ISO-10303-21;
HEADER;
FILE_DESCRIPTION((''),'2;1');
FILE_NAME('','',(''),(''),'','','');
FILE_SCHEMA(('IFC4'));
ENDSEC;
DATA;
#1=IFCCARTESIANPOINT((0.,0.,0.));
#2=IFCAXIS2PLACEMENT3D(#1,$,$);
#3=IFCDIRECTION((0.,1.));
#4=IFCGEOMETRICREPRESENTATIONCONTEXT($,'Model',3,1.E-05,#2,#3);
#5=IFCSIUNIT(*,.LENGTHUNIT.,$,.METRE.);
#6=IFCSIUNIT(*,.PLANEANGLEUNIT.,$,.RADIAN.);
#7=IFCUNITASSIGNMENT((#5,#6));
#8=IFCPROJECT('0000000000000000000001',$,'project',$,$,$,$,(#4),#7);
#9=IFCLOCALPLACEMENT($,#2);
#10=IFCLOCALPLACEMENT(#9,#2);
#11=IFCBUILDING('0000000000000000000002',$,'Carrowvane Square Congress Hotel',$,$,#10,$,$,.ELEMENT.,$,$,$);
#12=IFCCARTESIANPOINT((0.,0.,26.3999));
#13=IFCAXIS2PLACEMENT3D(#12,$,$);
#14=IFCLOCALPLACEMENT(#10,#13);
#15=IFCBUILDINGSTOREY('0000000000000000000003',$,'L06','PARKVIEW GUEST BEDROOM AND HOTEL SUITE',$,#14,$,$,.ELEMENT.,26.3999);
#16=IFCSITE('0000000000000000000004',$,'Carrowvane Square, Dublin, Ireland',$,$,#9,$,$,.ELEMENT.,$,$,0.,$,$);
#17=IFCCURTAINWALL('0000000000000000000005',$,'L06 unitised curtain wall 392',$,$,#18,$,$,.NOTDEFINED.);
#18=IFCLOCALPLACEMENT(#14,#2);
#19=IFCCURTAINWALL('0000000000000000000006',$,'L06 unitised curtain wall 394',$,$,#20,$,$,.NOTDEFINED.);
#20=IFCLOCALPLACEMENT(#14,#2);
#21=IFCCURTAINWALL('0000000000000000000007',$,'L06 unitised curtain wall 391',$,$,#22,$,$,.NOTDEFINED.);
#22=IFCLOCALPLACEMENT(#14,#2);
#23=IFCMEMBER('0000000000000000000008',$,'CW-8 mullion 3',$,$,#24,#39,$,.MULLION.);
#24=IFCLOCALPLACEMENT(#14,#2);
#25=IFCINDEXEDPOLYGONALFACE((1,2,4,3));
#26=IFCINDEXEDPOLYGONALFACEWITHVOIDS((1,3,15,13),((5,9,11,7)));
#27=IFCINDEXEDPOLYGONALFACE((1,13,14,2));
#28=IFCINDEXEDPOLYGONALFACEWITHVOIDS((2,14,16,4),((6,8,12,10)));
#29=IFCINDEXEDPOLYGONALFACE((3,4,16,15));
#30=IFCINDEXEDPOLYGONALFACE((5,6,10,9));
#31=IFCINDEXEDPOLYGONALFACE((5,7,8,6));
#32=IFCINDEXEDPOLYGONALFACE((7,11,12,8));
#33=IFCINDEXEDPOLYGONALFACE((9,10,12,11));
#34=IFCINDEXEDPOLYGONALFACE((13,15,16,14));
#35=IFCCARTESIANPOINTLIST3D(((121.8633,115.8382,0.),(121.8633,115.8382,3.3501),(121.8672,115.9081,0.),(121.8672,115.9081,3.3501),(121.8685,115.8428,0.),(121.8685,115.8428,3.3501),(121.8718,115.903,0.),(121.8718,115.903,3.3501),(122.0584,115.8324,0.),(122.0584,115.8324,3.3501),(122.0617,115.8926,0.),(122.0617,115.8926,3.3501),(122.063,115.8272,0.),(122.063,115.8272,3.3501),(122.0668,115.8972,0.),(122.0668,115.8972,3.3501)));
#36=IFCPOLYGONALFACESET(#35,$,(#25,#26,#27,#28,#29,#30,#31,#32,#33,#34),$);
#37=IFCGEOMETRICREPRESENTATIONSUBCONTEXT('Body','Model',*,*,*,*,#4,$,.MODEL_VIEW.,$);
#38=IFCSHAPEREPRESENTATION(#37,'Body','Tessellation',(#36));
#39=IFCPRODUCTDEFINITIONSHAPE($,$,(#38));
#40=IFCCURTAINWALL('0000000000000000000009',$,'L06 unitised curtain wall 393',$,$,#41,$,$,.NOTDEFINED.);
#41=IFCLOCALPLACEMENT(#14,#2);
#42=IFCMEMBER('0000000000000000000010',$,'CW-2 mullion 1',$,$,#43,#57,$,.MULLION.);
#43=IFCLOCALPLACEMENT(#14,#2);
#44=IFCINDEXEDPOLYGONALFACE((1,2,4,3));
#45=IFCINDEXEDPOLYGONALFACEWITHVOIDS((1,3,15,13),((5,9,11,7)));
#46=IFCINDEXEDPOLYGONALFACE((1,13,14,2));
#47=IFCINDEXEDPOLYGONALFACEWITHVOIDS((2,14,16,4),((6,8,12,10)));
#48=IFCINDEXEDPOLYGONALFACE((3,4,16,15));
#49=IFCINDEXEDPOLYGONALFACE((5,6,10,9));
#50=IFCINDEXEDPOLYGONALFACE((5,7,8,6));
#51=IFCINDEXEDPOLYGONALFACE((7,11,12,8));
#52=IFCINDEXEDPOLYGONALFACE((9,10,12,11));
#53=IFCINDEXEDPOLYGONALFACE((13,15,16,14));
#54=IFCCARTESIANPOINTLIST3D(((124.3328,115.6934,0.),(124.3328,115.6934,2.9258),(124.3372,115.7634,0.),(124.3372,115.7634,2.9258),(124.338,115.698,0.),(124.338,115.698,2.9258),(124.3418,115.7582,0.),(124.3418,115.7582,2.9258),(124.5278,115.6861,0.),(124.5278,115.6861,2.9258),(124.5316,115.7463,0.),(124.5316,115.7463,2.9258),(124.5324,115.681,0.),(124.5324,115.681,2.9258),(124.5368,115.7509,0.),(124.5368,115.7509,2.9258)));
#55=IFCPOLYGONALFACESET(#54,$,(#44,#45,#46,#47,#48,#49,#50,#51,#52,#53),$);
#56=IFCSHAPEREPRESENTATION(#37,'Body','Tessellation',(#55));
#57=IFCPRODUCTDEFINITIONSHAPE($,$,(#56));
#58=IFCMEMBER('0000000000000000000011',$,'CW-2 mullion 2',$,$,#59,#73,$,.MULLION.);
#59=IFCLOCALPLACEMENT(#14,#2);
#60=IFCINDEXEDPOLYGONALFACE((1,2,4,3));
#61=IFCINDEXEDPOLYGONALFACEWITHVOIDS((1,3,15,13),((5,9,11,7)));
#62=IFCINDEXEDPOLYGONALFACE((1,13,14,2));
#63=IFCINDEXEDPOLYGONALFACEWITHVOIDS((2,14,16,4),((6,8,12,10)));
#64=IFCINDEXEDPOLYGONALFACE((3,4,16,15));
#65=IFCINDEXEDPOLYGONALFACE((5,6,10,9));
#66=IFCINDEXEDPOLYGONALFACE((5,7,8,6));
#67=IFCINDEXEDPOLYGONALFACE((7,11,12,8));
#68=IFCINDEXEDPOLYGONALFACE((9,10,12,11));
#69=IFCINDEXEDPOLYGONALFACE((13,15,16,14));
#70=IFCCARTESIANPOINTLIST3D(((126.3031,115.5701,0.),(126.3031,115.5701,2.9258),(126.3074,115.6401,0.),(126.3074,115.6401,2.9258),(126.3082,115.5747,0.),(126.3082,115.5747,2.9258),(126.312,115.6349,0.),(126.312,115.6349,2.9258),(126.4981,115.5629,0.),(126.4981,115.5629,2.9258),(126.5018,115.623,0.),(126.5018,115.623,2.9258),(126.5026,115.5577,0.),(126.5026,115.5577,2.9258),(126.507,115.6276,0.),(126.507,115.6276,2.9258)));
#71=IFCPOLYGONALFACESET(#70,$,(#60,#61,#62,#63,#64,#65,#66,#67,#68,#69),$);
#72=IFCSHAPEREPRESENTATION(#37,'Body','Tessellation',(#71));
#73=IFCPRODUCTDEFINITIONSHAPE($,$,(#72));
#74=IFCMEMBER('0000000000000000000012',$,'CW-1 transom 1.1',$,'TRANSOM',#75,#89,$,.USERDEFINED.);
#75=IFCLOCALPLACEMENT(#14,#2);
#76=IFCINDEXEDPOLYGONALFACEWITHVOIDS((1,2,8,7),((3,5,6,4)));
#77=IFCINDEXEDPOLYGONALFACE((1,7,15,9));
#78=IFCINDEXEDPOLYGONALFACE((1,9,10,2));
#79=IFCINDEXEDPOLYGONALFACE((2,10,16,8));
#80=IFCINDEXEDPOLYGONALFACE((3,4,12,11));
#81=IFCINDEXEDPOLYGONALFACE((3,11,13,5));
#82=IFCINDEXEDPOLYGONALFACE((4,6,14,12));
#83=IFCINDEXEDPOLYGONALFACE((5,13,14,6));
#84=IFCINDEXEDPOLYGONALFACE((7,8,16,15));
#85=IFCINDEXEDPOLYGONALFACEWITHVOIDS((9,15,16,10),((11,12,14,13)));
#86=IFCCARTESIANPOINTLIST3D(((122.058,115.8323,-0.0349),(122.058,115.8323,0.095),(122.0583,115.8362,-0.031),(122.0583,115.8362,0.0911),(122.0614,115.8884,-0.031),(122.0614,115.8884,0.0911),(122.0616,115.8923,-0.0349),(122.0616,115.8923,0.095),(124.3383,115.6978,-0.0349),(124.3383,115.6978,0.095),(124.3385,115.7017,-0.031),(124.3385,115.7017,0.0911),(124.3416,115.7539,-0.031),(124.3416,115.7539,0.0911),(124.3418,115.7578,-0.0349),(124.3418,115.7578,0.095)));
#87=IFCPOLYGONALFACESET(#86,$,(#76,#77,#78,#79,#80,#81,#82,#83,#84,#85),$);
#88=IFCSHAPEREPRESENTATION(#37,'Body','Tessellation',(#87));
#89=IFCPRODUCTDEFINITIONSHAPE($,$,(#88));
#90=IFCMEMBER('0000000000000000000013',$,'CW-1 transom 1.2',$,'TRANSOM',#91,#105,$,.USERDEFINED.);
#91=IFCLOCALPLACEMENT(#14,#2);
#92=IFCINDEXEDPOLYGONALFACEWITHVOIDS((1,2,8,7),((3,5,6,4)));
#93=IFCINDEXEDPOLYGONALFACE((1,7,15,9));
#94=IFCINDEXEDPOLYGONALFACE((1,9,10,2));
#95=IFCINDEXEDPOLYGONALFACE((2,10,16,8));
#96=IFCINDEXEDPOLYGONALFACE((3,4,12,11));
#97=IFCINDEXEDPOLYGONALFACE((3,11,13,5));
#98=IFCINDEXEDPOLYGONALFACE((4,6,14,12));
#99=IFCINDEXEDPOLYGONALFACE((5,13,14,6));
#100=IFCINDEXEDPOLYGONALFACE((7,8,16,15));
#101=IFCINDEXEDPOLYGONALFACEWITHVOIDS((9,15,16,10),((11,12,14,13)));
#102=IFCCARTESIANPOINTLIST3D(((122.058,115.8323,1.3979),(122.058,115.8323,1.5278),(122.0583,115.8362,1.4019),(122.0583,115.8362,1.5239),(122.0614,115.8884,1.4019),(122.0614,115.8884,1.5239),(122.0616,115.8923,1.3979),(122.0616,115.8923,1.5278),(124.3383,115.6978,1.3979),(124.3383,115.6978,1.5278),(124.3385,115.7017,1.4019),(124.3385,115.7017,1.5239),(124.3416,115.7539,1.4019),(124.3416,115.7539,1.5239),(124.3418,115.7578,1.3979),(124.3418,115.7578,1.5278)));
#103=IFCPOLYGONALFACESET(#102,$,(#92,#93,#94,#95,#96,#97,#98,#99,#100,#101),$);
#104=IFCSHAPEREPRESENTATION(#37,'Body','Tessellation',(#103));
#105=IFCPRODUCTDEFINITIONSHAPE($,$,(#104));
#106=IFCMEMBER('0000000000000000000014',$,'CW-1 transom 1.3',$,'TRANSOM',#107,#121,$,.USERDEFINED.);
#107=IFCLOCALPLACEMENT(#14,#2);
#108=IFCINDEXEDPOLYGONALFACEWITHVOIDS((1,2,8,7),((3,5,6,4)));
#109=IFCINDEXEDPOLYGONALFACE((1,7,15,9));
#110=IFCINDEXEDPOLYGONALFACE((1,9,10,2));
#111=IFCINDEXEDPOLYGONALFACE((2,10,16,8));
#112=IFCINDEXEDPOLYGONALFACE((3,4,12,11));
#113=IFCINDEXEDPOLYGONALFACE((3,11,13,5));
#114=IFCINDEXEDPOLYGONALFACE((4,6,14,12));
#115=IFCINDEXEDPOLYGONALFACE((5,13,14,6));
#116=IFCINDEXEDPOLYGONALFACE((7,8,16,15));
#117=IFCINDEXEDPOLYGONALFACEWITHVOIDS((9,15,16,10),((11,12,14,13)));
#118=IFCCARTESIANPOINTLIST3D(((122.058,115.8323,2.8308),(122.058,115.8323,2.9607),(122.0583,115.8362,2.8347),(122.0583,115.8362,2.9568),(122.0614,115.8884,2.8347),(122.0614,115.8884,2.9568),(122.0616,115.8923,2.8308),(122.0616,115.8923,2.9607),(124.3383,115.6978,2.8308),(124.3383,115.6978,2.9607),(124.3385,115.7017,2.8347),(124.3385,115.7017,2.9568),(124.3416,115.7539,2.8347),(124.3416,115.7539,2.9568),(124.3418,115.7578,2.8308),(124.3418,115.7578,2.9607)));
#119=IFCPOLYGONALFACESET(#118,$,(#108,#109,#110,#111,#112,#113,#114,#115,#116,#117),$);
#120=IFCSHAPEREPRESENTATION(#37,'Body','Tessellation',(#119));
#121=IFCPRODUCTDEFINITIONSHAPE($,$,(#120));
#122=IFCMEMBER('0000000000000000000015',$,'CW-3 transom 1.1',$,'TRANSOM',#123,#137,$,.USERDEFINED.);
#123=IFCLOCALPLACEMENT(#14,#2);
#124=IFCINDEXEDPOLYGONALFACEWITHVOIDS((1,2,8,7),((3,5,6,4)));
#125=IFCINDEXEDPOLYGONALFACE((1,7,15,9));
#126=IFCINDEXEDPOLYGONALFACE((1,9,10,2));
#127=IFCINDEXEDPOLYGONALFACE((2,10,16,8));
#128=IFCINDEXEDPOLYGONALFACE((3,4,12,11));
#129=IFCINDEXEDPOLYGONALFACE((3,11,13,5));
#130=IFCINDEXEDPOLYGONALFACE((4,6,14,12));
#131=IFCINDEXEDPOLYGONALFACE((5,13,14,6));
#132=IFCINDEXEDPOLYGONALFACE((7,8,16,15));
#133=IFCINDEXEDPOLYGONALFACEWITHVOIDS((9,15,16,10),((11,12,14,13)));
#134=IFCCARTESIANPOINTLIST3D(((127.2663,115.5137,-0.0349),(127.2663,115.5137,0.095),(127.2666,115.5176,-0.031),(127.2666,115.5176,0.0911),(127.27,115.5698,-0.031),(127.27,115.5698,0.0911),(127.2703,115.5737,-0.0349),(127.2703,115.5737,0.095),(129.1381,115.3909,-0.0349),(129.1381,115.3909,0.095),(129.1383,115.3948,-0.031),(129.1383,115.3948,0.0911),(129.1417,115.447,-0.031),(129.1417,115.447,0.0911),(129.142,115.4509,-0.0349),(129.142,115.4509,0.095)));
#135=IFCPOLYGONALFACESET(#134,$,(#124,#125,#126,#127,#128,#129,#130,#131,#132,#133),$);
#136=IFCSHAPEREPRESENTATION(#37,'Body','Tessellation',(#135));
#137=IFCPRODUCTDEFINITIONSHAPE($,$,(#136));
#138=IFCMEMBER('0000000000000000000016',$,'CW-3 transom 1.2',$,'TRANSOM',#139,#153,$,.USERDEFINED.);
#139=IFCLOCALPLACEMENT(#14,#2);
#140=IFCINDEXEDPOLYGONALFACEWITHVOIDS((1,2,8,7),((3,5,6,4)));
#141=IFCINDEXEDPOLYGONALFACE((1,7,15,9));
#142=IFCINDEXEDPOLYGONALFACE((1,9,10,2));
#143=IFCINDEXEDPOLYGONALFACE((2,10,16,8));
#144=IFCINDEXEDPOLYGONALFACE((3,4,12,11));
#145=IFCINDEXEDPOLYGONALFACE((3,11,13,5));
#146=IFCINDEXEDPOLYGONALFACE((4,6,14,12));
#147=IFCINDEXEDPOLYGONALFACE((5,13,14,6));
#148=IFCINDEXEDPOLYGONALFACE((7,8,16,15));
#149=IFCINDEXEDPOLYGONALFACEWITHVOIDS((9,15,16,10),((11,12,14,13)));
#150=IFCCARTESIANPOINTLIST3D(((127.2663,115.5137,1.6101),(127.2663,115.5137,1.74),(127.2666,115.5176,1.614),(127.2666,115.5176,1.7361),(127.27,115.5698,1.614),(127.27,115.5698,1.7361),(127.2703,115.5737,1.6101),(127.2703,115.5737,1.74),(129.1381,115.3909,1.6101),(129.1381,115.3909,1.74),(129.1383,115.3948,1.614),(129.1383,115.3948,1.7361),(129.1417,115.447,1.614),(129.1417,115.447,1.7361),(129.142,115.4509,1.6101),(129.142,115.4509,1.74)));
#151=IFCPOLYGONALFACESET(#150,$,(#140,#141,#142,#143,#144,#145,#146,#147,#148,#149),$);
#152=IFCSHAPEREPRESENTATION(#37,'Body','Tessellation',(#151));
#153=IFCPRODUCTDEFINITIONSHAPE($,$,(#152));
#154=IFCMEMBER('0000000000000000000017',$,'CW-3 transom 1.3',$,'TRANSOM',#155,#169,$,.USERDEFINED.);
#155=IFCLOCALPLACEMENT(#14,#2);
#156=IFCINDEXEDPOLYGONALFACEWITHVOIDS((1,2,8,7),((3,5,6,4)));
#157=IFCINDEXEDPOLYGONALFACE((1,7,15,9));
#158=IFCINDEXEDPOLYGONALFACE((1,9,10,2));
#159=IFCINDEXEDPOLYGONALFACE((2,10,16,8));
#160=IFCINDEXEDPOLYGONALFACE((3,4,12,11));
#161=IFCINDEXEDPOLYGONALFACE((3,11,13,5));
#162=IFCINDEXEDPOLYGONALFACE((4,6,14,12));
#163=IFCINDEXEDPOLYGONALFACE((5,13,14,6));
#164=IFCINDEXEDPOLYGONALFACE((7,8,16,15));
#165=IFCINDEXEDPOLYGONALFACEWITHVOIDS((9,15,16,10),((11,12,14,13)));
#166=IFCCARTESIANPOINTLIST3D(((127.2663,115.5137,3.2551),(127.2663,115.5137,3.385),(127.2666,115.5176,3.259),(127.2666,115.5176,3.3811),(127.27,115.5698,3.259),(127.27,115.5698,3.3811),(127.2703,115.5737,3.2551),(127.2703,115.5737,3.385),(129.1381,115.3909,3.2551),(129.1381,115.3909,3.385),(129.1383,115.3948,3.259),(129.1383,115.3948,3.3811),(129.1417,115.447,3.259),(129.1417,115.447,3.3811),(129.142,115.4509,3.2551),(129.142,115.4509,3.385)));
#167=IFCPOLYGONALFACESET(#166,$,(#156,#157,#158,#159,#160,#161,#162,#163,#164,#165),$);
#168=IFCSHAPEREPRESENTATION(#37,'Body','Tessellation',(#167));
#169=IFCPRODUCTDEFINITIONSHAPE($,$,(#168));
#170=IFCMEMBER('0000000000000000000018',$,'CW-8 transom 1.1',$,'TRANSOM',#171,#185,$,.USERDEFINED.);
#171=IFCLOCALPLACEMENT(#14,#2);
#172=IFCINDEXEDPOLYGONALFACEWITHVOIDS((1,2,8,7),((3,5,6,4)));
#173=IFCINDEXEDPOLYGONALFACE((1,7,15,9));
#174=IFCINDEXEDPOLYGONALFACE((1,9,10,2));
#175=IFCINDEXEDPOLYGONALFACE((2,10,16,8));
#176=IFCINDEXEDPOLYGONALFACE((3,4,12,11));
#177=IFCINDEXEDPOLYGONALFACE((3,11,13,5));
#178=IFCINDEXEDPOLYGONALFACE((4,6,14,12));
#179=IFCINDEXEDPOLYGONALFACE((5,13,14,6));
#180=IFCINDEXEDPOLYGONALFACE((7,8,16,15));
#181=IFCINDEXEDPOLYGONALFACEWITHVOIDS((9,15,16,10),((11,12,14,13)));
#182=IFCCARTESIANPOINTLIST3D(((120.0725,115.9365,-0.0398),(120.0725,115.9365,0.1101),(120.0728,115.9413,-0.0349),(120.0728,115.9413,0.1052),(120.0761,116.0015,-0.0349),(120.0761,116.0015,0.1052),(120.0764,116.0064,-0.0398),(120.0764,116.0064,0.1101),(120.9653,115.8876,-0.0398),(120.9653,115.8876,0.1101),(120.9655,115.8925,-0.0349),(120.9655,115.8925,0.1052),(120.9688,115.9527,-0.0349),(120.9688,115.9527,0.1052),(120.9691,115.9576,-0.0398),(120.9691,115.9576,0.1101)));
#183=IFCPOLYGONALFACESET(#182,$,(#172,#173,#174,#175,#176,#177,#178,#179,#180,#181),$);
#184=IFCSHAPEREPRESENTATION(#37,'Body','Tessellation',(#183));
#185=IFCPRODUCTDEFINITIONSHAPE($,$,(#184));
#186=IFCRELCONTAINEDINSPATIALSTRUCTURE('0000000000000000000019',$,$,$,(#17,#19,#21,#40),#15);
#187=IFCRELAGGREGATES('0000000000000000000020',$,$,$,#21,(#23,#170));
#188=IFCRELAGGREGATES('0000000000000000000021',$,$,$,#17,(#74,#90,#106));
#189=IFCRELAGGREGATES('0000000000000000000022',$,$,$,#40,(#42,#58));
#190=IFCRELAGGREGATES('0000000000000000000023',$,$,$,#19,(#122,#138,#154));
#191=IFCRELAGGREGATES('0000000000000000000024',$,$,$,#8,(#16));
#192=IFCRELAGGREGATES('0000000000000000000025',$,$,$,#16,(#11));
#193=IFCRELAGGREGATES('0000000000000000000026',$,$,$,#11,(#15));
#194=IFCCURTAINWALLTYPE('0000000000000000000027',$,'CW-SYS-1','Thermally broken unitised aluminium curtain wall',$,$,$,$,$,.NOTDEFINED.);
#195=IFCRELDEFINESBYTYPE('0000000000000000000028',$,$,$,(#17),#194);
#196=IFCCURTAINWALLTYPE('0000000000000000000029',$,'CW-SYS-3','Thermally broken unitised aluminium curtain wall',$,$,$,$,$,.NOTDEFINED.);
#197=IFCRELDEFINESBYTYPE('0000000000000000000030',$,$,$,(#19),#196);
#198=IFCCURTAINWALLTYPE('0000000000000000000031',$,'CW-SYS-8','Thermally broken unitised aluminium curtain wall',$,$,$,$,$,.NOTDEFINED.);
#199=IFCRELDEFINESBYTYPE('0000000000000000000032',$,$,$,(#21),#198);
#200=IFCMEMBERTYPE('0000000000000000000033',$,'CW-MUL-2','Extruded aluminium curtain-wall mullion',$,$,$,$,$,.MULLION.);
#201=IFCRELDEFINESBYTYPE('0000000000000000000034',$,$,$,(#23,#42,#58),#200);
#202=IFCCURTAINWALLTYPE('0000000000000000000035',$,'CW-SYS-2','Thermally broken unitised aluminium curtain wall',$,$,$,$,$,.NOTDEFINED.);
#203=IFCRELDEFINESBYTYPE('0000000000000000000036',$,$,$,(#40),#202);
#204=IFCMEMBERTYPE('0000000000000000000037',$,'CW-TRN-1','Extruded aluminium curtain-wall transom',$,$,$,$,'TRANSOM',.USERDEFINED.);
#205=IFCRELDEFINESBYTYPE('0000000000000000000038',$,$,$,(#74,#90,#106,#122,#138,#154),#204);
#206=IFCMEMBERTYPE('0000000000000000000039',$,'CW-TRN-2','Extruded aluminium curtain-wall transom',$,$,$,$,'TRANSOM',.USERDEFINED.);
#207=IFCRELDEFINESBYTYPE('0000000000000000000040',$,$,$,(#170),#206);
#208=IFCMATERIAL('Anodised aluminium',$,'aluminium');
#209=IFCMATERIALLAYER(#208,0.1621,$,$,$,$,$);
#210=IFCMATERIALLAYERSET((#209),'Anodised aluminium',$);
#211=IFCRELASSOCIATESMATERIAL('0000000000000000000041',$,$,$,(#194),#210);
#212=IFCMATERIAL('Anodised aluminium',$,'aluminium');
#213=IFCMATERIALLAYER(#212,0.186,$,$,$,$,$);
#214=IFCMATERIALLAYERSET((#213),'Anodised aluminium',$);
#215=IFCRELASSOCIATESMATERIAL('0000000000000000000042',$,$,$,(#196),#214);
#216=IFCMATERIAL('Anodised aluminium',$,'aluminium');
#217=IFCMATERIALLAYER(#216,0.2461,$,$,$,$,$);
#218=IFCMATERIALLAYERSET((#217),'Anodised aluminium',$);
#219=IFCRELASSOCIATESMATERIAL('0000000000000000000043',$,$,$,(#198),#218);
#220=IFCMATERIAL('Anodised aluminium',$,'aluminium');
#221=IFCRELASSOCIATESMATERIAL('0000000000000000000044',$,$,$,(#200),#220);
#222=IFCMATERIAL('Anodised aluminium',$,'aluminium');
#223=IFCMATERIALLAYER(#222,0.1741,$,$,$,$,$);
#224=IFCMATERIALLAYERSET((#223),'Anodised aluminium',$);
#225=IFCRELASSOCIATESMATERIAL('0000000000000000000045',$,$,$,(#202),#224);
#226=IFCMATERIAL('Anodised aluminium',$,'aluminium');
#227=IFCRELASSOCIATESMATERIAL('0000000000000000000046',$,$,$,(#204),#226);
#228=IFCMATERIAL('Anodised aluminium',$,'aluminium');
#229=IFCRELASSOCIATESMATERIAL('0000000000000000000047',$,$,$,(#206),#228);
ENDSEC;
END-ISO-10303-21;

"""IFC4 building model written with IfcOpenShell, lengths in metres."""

from ifc_helpers import new_model, si_unit, direction, frame, origin, origin_2d, place, context, subcontext, project, spatial, hollow_rectangle, extrude, material, layer, layer_set, material_profile, profile_set, type_object, element, aggregate, save


model = new_model("IFC4")

# Units and contexts
model_context = context("Model", 3, precision=1e-05, world=origin(), true_north=direction((0.0, 1.0)))
body_context = subcontext(model_context, "Body", "Model", "MODEL_VIEW")
ifc_project = project(units=[si_unit("LENGTHUNIT", "METRE"), si_unit("PLANEANGLEUNIT", "RADIAN")], contexts=[model_context])

# Site, building, storey
site_placement = place(None, origin())
site = spatial("IfcSite", under=ifc_project, at=site_placement, Name="Carrowvane Square, Dublin, Ireland", CompositionType="ELEMENT", RefElevation=0.0)
building_placement = place(site_placement, origin())
building = spatial("IfcBuilding", under=site, at=building_placement, Name="Carrowvane Square Congress Hotel", CompositionType="ELEMENT")
storey_placement = place(building_placement, frame((0.0, 0.0, 26.3999)))
storey = spatial("IfcBuildingStorey", under=building, at=storey_placement, Name="L06", Description="PARKVIEW GUEST BEDROOM AND HOTEL SUITE", CompositionType="ELEMENT", Elevation=26.3999)

# Curtain wall
ifc_material_1 = material(Name="Anodised aluminium", Category="aluminium")
ifc_layer_1 = layer(ifc_material_1, 0.1621)
ifc_layer_set_1 = layer_set([ifc_layer_1], Name="Anodised aluminium")
curtain_wall_type_1 = type_object("IfcCurtainWallType", Name="CW-SYS-1", Description="Thermally broken unitised aluminium curtain wall", PredefinedType="NOTDEFINED", material=ifc_layer_set_1)
curtain_wall_1_placement = place(storey_placement, origin())
curtain_wall_1 = element("IfcCurtainWall", 1, at=curtain_wall_1_placement, inside=storey, type_object=curtain_wall_type_1, Name="L06 unitised curtain wall 392", PredefinedType="NOTDEFINED")

# Curtain wall
ifc_material_2 = material(Name="Anodised aluminium", Category="aluminium")
ifc_layer_2 = layer(ifc_material_2, 0.186)
ifc_layer_set_2 = layer_set([ifc_layer_2], Name="Anodised aluminium")
curtain_wall_type_2 = type_object("IfcCurtainWallType", Name="CW-SYS-3", Description="Thermally broken unitised aluminium curtain wall", PredefinedType="NOTDEFINED", material=ifc_layer_set_2)
curtain_wall_2_placement = place(storey_placement, origin())
curtain_wall_2 = element("IfcCurtainWall", 2, at=curtain_wall_2_placement, inside=storey, type_object=curtain_wall_type_2, Name="L06 unitised curtain wall 394", PredefinedType="NOTDEFINED")

# Curtain walls, members
ifc_material_3 = material(Name="Anodised aluminium", Category="aluminium")
ifc_layer_3 = layer(ifc_material_3, 0.2461)
ifc_layer_set_3 = layer_set([ifc_layer_3], Name="Anodised aluminium")
curtain_wall_type_3 = type_object("IfcCurtainWallType", Name="CW-SYS-8", Description="Thermally broken unitised aluminium curtain wall", PredefinedType="NOTDEFINED", material=ifc_layer_set_3)
curtain_wall_3_placement = place(storey_placement, origin())
curtain_wall_3 = element("IfcCurtainWall", 3, at=curtain_wall_3_placement, inside=storey, type_object=curtain_wall_type_3, Name="L06 unitised curtain wall 391", PredefinedType="NOTDEFINED")
ifc_material_4 = material(Name="Anodised aluminium", Category="aluminium")
ifc_material_profile_1 = material_profile(ifc_material_4, hollow_rectangle(XDim=0.0701, YDim=0.2, WallThickness=0.0049, at=origin_2d()), Name="CW-ML 70x200x5")
ifc_profile_set_1 = profile_set([ifc_material_profile_1], Name="Anodised aluminium")
member_type_1 = type_object("IfcMemberType", Name="CW-MUL-2", Description="Extruded aluminium curtain-wall mullion", PredefinedType="MULLION", material=ifc_profile_set_1)
member_1_placement = place(storey_placement, frame((121.9651, 115.8677, 0.0), z_axis=(0.0, 0.0, 1.0), x_axis=(0.054816, 0.998496, 0.0)))
member_1 = element("IfcMember", 4, at=member_1_placement, type_object=member_type_1, Name="CW-8 mullion 3", PredefinedType="MULLION", context=body_context, shape_type="SweptSolid", body=[
    extrude(hollow_rectangle(XDim=0.0701, YDim=0.2, WallThickness=0.0049, at=origin_2d()), origin(), (0.0, 0.0, 1.0), 3.3501),
])
ifc_material_5 = material(Name="Anodised aluminium", Category="aluminium")
ifc_layer_4 = layer(ifc_material_5, 0.1741)
ifc_layer_set_4 = layer_set([ifc_layer_4], Name="Anodised aluminium")
curtain_wall_type_4 = type_object("IfcCurtainWallType", Name="CW-SYS-2", Description="Thermally broken unitised aluminium curtain wall", PredefinedType="NOTDEFINED", material=ifc_layer_set_4)
curtain_wall_4_placement = place(storey_placement, origin())
curtain_wall_4 = element("IfcCurtainWall", 5, at=curtain_wall_4_placement, inside=storey, type_object=curtain_wall_type_4, Name="L06 unitised curtain wall 393", PredefinedType="NOTDEFINED")
member_2_placement = place(storey_placement, frame((124.4348, 115.7222, 0.0), z_axis=(0.0, 0.0, 1.0), x_axis=(0.062397, 0.998051, 0.0)))
member_2 = element("IfcMember", 6, at=member_2_placement, type_object=member_type_1, Name="CW-2 mullion 1", PredefinedType="MULLION", context=body_context, shape_type="SweptSolid", body=[
    extrude(hollow_rectangle(XDim=0.0701, YDim=0.2, WallThickness=0.0049, at=origin_2d()), origin(), (0.0, 0.0, 1.0), 2.9258),
])
member_3_placement = place(storey_placement, frame((126.405, 115.5989, 0.0), z_axis=(0.0, 0.0, 1.0), x_axis=(0.062397, 0.998051, 0.0)))
member_3 = element("IfcMember", 7, at=member_3_placement, type_object=member_type_1, Name="CW-2 mullion 2", PredefinedType="MULLION", context=body_context, shape_type="SweptSolid", body=[
    extrude(hollow_rectangle(XDim=0.0701, YDim=0.2, WallThickness=0.0049, at=origin_2d()), origin(), (0.0, 0.0, 1.0), 2.9258),
])

# Members
ifc_material_6 = material(Name="Anodised aluminium", Category="aluminium")
ifc_material_profile_2 = material_profile(ifc_material_6, hollow_rectangle(XDim=0.0601, YDim=0.1299, WallThickness=0.0039, at=origin_2d()), Name="CW-TR 60x130x4")
ifc_profile_set_2 = profile_set([ifc_material_profile_2], Name="Anodised aluminium")
member_type_2 = type_object("IfcMemberType", Name="CW-TRN-1", Description="Extruded aluminium curtain-wall transom", ElementType="TRANSOM", PredefinedType="USERDEFINED", material=ifc_profile_set_2)
member_4_placement = place(storey_placement, frame((122.0598, 115.8623, 0.03), z_axis=(0.998264, -0.058891, 0.0), x_axis=(0.058891, 0.998264, 0.0)))
member_4 = element("IfcMember", 8, at=member_4_placement, type_object=member_type_2, Name="CW-1 transom 1.1", ObjectType="TRANSOM", PredefinedType="USERDEFINED", context=body_context, shape_type="SweptSolid", body=[
    extrude(hollow_rectangle(XDim=0.0601, YDim=0.1299, WallThickness=0.0039, at=origin_2d()), origin(), (0.0, 0.0, 1.0), 2.2842),
])
member_5_placement = place(storey_placement, frame((122.0598, 115.8623, 1.4629), z_axis=(0.998264, -0.058891, 0.0), x_axis=(0.058891, 0.998264, 0.0)))
member_5 = element("IfcMember", 9, at=member_5_placement, type_object=member_type_2, Name="CW-1 transom 1.2", ObjectType="TRANSOM", PredefinedType="USERDEFINED", context=body_context, shape_type="SweptSolid", body=[
    extrude(hollow_rectangle(XDim=0.0601, YDim=0.1299, WallThickness=0.0039, at=origin_2d()), origin(), (0.0, 0.0, 1.0), 2.2842),
])
member_6_placement = place(storey_placement, frame((122.0598, 115.8623, 2.8958), z_axis=(0.998264, -0.058891, 0.0), x_axis=(0.058891, 0.998264, 0.0)))
member_6 = element("IfcMember", 10, at=member_6_placement, type_object=member_type_2, Name="CW-1 transom 1.3", ObjectType="TRANSOM", PredefinedType="USERDEFINED", context=body_context, shape_type="SweptSolid", body=[
    extrude(hollow_rectangle(XDim=0.0601, YDim=0.1299, WallThickness=0.0039, at=origin_2d()), origin(), (0.0, 0.0, 1.0), 2.2842),
])
member_7_placement = place(storey_placement, frame((127.2683, 115.5437, 0.03), z_axis=(0.997855, -0.065465, 0.0), x_axis=(0.065465, 0.997855, 0.0)))
member_7 = element("IfcMember", 11, at=member_7_placement, type_object=member_type_2, Name="CW-3 transom 1.1", ObjectType="TRANSOM", PredefinedType="USERDEFINED", context=body_context, shape_type="SweptSolid", body=[
    extrude(hollow_rectangle(XDim=0.0601, YDim=0.1299, WallThickness=0.0039, at=origin_2d()), origin(), (0.0, 0.0, 1.0), 1.8757),
])
member_8_placement = place(storey_placement, frame((127.2683, 115.5437, 1.675), z_axis=(0.997855, -0.065465, 0.0), x_axis=(0.065465, 0.997855, 0.0)))
member_8 = element("IfcMember", 12, at=member_8_placement, type_object=member_type_2, Name="CW-3 transom 1.2", ObjectType="TRANSOM", PredefinedType="USERDEFINED", context=body_context, shape_type="SweptSolid", body=[
    extrude(hollow_rectangle(XDim=0.0601, YDim=0.1299, WallThickness=0.0039, at=origin_2d()), origin(), (0.0, 0.0, 1.0), 1.8757),
])
member_9_placement = place(storey_placement, frame((127.2683, 115.5437, 3.3201), z_axis=(0.997855, -0.065465, 0.0), x_axis=(0.065465, 0.997855, 0.0)))
member_9 = element("IfcMember", 13, at=member_9_placement, type_object=member_type_2, Name="CW-3 transom 1.3", ObjectType="TRANSOM", PredefinedType="USERDEFINED", context=body_context, shape_type="SweptSolid", body=[
    extrude(hollow_rectangle(XDim=0.0601, YDim=0.1299, WallThickness=0.0039, at=origin_2d()), origin(), (0.0, 0.0, 1.0), 1.8757),
])
ifc_material_7 = material(Name="Anodised aluminium", Category="aluminium")
ifc_material_profile_3 = material_profile(ifc_material_7, hollow_rectangle(XDim=0.0701, YDim=0.1499, WallThickness=0.0049, at=origin_2d()), Name="CW-TR 70x150x5")
ifc_profile_set_3 = profile_set([ifc_material_profile_3], Name="Anodised aluminium")
member_type_3 = type_object("IfcMemberType", Name="CW-TRN-2", Description="Extruded aluminium curtain-wall transom", ElementType="TRANSOM", PredefinedType="USERDEFINED", material=ifc_profile_set_3)
member_10_placement = place(storey_placement, frame((120.0745, 115.9714, 0.0352), z_axis=(0.998508, -0.054608, 0.0), x_axis=(0.054608, 0.998508, 0.0)))
member_10 = element("IfcMember", 14, at=member_10_placement, type_object=member_type_3, Name="CW-8 transom 1.1", ObjectType="TRANSOM", PredefinedType="USERDEFINED", context=body_context, shape_type="SweptSolid", body=[
    extrude(hollow_rectangle(XDim=0.0701, YDim=0.1499, WallThickness=0.0049, at=origin_2d()), origin(), (0.0, 0.0, 1.0), 0.894),
])

aggregate(curtain_wall_3, [member_1, member_10])
aggregate(curtain_wall_1, [member_4, member_5, member_6])
aggregate(curtain_wall_4, [member_2, member_3])
aggregate(curtain_wall_2, [member_7, member_8, member_9])

save(model, "model.ifc")
